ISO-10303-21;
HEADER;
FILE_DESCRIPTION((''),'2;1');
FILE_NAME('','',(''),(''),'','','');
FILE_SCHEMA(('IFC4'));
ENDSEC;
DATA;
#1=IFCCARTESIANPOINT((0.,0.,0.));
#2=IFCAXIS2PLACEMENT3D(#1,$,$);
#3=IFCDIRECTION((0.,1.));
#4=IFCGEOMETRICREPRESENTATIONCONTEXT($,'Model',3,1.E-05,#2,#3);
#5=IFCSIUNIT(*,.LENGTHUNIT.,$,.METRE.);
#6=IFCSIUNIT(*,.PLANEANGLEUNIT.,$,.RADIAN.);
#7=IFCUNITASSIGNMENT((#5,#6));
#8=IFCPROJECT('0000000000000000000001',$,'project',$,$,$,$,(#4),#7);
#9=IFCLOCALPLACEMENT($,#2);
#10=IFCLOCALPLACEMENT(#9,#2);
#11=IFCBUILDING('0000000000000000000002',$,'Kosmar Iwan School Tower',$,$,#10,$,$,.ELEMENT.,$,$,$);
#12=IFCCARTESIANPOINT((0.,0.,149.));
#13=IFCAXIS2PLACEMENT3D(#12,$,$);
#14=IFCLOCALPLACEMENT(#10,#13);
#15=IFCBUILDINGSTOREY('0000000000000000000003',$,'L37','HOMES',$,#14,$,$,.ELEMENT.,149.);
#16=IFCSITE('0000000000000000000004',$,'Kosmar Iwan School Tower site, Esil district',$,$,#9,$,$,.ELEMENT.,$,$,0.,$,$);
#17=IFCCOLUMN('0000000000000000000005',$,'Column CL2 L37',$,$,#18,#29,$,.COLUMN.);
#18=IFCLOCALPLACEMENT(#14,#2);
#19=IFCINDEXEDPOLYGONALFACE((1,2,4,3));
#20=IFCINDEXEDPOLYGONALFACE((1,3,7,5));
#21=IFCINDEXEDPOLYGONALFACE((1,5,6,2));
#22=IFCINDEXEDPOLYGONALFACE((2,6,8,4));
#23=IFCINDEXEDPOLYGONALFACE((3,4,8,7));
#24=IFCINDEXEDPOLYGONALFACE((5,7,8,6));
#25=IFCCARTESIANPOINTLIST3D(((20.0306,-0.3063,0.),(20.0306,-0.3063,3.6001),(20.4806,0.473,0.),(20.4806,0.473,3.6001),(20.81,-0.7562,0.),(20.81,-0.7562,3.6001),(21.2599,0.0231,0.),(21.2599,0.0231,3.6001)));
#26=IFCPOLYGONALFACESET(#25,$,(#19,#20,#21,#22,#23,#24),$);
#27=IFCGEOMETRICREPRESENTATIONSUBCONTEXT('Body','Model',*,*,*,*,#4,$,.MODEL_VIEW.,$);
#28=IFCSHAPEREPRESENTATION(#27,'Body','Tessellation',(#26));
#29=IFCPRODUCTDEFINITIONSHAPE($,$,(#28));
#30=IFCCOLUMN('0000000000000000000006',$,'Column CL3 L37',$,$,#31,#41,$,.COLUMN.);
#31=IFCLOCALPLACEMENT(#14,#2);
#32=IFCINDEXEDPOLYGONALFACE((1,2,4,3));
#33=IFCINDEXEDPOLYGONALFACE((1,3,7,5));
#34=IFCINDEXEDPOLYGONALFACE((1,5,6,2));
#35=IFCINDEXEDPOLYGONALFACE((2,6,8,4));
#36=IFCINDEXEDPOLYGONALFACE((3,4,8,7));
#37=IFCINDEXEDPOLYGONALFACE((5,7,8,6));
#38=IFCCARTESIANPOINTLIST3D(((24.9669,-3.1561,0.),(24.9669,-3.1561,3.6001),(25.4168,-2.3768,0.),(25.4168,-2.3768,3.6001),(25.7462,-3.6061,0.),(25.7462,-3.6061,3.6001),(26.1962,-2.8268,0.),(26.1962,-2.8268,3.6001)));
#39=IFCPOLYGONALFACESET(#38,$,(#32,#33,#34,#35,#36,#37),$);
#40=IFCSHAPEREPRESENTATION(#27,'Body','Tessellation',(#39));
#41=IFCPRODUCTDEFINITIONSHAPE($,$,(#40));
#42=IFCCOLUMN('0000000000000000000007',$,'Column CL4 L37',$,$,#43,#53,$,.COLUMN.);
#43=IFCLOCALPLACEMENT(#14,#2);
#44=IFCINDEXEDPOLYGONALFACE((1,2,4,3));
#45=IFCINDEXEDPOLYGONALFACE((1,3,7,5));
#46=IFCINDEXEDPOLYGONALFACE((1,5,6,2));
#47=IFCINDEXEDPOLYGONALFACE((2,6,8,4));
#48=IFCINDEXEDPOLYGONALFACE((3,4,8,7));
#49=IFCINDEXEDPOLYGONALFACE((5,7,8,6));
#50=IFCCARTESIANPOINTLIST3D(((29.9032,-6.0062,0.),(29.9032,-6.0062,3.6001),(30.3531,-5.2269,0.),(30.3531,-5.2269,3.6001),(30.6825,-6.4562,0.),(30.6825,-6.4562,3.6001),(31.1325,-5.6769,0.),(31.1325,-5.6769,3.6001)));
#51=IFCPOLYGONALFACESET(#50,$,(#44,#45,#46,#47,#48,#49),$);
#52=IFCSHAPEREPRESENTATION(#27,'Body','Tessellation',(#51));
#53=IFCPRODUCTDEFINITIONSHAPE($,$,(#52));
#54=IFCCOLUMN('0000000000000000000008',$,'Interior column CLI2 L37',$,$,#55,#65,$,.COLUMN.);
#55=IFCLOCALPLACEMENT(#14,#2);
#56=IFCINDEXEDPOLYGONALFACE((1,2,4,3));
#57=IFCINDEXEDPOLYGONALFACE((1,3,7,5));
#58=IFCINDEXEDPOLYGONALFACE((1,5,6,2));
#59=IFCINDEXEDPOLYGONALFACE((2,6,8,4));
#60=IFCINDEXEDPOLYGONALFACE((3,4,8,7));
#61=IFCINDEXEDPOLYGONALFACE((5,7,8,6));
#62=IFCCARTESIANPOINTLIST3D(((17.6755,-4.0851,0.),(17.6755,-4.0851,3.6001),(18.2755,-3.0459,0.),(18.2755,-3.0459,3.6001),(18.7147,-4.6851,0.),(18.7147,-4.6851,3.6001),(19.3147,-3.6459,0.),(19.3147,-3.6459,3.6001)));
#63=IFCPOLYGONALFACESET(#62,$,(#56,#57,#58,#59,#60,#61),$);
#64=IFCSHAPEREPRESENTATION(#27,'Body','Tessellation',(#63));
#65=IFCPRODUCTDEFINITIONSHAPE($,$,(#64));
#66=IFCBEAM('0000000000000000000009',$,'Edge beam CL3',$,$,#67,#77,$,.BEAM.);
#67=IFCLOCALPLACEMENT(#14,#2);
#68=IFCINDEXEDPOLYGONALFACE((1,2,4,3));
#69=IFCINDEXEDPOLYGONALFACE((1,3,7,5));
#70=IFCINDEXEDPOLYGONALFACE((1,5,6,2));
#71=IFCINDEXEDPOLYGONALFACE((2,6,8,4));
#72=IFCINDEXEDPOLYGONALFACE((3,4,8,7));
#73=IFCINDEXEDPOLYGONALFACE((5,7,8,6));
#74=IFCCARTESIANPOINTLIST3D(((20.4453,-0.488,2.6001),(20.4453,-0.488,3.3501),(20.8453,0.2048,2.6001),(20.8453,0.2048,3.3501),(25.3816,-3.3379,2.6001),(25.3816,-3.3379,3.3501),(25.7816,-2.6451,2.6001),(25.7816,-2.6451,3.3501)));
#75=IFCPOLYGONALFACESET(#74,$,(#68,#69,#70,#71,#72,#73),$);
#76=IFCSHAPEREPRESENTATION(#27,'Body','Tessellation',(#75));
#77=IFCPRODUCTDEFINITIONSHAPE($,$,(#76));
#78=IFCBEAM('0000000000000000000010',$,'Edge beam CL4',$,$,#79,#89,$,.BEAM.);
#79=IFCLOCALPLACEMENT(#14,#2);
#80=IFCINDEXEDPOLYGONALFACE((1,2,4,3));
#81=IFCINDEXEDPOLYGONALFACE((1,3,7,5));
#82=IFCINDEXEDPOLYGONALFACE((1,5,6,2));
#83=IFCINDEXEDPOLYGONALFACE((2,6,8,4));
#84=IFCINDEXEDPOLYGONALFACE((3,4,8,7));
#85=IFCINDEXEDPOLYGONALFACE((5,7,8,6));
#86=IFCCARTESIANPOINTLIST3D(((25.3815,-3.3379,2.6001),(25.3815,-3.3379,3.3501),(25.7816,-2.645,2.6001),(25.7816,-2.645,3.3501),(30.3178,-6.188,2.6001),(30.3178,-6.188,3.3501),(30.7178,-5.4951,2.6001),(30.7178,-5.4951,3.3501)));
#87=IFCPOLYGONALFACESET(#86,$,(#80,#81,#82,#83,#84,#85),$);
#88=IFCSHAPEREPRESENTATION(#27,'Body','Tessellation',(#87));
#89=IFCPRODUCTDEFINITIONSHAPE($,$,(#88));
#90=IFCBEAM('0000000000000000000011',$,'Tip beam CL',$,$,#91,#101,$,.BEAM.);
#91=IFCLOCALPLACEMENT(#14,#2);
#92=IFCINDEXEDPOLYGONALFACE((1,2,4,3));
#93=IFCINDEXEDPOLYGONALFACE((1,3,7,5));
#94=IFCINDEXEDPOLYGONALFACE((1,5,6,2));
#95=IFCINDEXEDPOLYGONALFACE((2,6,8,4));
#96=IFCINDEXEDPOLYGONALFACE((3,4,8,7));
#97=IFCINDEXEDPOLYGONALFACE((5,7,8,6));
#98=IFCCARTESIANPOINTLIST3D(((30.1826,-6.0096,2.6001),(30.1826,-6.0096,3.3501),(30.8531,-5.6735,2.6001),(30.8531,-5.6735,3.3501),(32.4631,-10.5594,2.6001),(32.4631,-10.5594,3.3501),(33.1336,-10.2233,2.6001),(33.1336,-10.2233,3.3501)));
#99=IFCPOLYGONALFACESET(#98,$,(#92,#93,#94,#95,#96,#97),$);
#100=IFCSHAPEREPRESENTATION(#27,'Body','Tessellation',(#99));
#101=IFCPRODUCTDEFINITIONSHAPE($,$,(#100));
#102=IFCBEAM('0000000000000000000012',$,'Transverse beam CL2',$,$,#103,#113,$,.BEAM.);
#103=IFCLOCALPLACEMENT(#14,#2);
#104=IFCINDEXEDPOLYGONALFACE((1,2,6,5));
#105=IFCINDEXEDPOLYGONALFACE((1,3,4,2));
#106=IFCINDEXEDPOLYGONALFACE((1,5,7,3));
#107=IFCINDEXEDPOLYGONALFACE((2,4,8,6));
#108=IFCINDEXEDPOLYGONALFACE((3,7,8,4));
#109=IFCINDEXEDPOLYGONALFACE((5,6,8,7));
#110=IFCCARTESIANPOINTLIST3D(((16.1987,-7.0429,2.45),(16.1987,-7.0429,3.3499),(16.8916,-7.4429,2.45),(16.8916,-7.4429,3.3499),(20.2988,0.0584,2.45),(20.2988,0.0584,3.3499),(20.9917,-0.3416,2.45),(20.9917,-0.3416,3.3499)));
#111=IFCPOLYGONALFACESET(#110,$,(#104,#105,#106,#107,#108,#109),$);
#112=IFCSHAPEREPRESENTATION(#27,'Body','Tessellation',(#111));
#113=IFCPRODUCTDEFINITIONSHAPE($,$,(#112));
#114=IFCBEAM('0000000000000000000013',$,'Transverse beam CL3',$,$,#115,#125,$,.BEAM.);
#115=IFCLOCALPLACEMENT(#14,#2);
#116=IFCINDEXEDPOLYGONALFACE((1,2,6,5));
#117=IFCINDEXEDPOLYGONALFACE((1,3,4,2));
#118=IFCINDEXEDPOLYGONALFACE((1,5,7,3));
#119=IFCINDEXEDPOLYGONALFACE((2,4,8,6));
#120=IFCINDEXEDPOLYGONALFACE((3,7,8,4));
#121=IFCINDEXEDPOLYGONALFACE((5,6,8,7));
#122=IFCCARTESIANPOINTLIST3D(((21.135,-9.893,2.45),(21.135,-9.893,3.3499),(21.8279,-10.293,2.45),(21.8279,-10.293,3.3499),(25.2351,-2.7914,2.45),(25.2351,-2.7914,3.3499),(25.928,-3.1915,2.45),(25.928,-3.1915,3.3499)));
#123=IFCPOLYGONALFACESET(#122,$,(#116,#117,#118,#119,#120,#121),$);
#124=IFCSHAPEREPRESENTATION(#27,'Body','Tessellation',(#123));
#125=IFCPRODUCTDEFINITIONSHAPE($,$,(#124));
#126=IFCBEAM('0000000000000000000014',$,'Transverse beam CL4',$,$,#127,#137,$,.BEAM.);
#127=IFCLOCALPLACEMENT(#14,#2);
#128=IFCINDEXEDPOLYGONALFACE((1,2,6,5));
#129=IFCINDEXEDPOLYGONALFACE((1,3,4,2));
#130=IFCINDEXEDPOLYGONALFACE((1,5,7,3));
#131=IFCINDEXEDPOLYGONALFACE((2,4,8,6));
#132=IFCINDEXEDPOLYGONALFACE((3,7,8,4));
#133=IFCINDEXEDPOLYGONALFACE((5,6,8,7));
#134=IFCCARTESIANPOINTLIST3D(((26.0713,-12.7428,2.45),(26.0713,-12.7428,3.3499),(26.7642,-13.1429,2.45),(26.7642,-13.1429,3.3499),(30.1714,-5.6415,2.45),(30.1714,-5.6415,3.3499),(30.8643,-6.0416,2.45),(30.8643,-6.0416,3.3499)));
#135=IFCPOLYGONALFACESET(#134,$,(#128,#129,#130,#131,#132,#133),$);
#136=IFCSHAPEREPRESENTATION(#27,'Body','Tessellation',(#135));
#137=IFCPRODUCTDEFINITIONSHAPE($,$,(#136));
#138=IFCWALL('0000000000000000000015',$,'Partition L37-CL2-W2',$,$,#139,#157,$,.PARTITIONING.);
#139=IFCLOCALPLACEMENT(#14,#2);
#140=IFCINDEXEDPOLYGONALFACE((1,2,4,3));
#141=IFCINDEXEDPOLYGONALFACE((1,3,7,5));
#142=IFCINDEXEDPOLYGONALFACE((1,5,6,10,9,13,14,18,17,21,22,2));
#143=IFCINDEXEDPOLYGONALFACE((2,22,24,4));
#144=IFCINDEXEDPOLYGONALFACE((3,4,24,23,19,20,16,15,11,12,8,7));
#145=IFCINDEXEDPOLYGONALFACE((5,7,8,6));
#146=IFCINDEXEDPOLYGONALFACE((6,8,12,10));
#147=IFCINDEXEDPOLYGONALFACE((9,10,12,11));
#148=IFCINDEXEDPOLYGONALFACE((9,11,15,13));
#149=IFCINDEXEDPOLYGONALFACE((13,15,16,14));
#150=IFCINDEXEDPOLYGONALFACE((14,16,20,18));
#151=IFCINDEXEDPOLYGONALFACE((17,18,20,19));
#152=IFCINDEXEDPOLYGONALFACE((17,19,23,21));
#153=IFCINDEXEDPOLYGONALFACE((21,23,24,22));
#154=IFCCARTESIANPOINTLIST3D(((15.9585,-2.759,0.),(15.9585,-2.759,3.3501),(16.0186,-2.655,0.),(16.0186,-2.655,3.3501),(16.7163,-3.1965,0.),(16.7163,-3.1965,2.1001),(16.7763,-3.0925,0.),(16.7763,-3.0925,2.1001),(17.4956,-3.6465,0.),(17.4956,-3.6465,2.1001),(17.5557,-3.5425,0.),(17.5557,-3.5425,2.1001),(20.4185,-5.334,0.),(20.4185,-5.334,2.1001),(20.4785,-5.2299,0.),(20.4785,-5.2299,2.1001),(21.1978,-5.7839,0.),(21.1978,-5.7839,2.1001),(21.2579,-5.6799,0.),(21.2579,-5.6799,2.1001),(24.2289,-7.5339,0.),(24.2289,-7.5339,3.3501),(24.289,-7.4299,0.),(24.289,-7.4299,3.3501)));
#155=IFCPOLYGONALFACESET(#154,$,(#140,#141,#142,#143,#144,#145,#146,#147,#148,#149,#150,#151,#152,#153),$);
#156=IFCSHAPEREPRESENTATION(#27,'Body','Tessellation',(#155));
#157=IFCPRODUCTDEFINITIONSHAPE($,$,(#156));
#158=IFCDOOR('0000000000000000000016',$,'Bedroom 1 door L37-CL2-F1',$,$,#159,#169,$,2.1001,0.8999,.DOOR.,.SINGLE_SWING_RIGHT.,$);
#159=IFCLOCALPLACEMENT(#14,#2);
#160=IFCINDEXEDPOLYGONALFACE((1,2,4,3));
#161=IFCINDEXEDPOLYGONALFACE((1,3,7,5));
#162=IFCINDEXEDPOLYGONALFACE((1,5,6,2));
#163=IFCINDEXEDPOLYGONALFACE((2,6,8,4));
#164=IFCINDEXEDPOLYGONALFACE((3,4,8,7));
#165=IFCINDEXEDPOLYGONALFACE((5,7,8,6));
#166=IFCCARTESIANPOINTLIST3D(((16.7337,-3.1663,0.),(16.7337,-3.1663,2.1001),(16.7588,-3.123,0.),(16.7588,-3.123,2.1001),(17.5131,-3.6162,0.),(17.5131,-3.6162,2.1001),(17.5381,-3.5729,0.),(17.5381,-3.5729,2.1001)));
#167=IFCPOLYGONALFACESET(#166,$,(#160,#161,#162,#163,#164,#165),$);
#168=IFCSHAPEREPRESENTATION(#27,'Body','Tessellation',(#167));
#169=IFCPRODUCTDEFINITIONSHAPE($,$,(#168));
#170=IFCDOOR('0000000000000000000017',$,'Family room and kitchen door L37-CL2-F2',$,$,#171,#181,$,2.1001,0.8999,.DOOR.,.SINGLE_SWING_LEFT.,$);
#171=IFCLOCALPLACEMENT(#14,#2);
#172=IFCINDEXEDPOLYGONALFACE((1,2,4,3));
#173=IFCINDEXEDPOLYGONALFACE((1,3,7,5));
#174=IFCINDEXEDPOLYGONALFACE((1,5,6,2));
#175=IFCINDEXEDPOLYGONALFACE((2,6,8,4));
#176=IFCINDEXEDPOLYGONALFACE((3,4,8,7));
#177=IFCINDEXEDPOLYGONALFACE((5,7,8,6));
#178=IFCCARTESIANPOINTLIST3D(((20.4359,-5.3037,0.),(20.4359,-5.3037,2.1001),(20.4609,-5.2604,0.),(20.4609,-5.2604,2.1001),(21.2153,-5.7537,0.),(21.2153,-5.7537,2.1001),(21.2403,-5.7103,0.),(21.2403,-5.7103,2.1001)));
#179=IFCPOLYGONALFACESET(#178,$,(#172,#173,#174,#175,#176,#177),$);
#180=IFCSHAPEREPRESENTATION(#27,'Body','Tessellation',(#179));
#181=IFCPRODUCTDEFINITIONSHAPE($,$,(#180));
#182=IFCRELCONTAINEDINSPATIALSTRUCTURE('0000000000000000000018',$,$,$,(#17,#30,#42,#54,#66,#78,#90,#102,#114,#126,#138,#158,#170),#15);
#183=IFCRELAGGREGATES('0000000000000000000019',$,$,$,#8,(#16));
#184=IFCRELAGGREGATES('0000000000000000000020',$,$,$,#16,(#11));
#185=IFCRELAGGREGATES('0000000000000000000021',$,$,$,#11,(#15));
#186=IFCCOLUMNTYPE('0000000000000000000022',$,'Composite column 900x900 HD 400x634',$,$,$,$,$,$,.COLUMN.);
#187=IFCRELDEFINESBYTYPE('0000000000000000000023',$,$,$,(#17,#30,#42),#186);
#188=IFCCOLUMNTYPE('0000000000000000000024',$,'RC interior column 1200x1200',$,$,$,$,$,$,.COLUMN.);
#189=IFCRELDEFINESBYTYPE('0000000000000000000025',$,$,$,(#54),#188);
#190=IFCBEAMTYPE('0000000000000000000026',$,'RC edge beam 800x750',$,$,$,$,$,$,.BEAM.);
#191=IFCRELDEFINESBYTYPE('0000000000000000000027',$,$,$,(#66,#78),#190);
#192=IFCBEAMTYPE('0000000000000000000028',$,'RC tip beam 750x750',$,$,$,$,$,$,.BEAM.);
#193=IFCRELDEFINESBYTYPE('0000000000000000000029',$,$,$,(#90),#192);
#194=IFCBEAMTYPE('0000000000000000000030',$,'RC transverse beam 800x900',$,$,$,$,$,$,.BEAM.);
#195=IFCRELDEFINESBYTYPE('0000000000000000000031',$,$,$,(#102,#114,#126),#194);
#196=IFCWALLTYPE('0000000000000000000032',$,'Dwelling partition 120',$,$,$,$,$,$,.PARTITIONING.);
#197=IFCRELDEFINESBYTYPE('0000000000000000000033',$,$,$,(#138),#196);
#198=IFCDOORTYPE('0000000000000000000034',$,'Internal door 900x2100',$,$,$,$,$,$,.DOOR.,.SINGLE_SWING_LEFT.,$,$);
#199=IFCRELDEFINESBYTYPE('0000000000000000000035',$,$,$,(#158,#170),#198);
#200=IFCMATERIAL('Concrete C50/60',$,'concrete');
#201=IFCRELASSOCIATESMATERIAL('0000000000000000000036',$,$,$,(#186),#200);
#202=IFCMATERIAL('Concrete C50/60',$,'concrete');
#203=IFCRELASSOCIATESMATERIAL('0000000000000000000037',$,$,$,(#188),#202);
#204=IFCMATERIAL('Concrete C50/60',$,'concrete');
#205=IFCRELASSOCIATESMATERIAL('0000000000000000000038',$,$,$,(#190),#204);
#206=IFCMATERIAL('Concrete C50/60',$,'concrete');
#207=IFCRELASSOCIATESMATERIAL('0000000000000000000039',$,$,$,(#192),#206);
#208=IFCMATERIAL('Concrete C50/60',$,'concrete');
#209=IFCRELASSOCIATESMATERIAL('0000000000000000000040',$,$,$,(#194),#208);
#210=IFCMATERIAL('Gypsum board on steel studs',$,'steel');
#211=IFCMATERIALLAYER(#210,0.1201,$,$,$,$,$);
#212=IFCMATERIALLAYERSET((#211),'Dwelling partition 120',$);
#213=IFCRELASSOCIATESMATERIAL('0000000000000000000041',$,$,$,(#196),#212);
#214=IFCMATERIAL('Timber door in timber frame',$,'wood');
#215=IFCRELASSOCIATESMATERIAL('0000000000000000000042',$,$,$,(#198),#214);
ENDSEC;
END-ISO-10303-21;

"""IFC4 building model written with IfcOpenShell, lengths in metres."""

from ifc_helpers import new_model, si_unit, direction, frame, frame_2d, origin, origin_2d, place, context, subcontext, project, spatial, rectangle, extrude, material, layer, layer_set, material_profile, profile_set, type_object, element, fill, save


model = new_model("IFC4")

# Units and contexts
model_context = context("Model", 3, precision=1e-05, world=origin(), true_north=direction((0.0, 1.0)))
body_context = subcontext(model_context, "Body", "Model", "MODEL_VIEW")
ifc_project = project(units=[si_unit("LENGTHUNIT", "METRE"), si_unit("PLANEANGLEUNIT", "RADIAN")], contexts=[model_context])

# Site, building, storey
site_placement = place(None, origin())
site = spatial("IfcSite", under=ifc_project, at=site_placement, Name="Kosmar Iwan School Tower site, Esil district", CompositionType="ELEMENT", RefElevation=0.0)
building_placement = place(site_placement, origin())
building = spatial("IfcBuilding", under=site, at=building_placement, Name="Kosmar Iwan School Tower", CompositionType="ELEMENT")
storey_placement = place(building_placement, frame((0.0, 0.0, 149.0)))
storey = spatial("IfcBuildingStorey", under=building, at=storey_placement, Name="L37", Description="HOMES", CompositionType="ELEMENT", Elevation=149.0)

# Columns
ifc_material_1 = material(Name="Concrete C50/60", Category="concrete")
ifc_material_profile_1 = material_profile(ifc_material_1, rectangle(XDim=0.8999, YDim=0.8999, at=origin_2d()), Name="RC 900x900 + HD 400x634")
ifc_profile_set_1 = profile_set([ifc_material_profile_1], Name="Concrete C50/60")
column_type_1 = type_object("IfcColumnType", Name="Composite column 900x900 HD 400x634", PredefinedType="COLUMN", material=ifc_profile_set_1)
for number, where, z_axis, x_axis, name in (
    (1, (20.6453, -0.1416, 0.0), (0.0, 0.0, 1.0), (0.866025, -0.5, 0.0), "Column CL2 L37"),
    (2, (25.5815, -2.9915, 0.0), (0.0, 0.0, 1.0), (0.866025, -0.5, 0.0), "Column CL3 L37"),
    (3, (30.5178, -5.8416, 0.0), (0.0, 0.0, 1.0), (0.866025, -0.5, 0.0), "Column CL4 L37"),
):
    element("IfcColumn", number, at=place(storey_placement, frame(where, z_axis=z_axis, x_axis=x_axis)), inside=storey, type_object=column_type_1, Name=name, PredefinedType="COLUMN", context=body_context, shape_type="SweptSolid", body=[
        extrude(rectangle(XDim=0.8999, YDim=0.8999, at=origin_2d()), origin(), (0.0, 0.0, 1.0), 3.6001),
    ])
ifc_material_2 = material(Name="Concrete C50/60", Category="concrete")
ifc_material_profile_2 = material_profile(ifc_material_2, rectangle(XDim=1.2, YDim=1.2, at=origin_2d()), Name="RC 1200x1200")
ifc_profile_set_2 = profile_set([ifc_material_profile_2], Name="Concrete C50/60")
column_type_2 = type_object("IfcColumnType", Name="RC interior column 1200x1200", PredefinedType="COLUMN", material=ifc_profile_set_2)
column_placement = place(storey_placement, frame((18.4951, -3.8655, 0.0), z_axis=(0.0, 0.0, 1.0), x_axis=(0.866025, -0.5, 0.0)))
element("IfcColumn", 4, at=column_placement, inside=storey, type_object=column_type_2, Name="Interior column CLI2 L37", PredefinedType="COLUMN", context=body_context, shape_type="SweptSolid", body=[
    extrude(rectangle(XDim=1.2, YDim=1.2, at=origin_2d()), origin(), (0.0, 0.0, 1.0), 3.6001),
])

# Beams
ifc_material_3 = material(Name="Concrete C50/60", Category="concrete")
ifc_material_profile_3 = material_profile(ifc_material_3, rectangle(XDim=0.8, YDim=0.75, at=origin_2d()), Name="RC 800x750")
ifc_profile_set_3 = profile_set([ifc_material_profile_3], Name="Concrete C50/60")
beam_type_1 = type_object("IfcBeamType", Name="RC edge beam 800x750", PredefinedType="BEAM", material=ifc_profile_set_3)
for number, where, z_axis, x_axis, name in (
    (5, (20.6453, -0.1416, 2.9751), (0.866034, -0.499986, 0.0), (0.499986, 0.866034, 0.0), "Edge beam CL3"),
    (6, (25.5815, -2.9915, 2.9751), (0.866015, -0.500018, 0.0), (0.500018, 0.866015, 0.0), "Edge beam CL4"),
):
    element("IfcBeam", number, at=place(storey_placement, frame(where, z_axis=z_axis, x_axis=x_axis)), inside=storey, type_object=beam_type_1, Name=name, PredefinedType="BEAM", context=body_context, shape_type="SweptSolid", body=[
        extrude(rectangle(XDim=0.8, YDim=0.75, at=origin_2d()), origin(), (0.0, 0.0, 1.0), 5.7),
    ])
ifc_material_4 = material(Name="Concrete C50/60", Category="concrete")
ifc_material_profile_4 = material_profile(ifc_material_4, rectangle(XDim=0.75, YDim=0.75, at=origin_2d()), Name="RC 750x750")
ifc_profile_set_4 = profile_set([ifc_material_profile_4], Name="Concrete C50/60")
beam_type_2 = type_object("IfcBeamType", Name="RC tip beam 750x750", PredefinedType="BEAM", material=ifc_profile_set_4)
beam_1_placement = place(storey_placement, frame((30.5178, -5.8416, 2.9751), z_axis=(0.448096, -0.893985, 0.0), x_axis=(0.893985, 0.448096, 0.0)))
element("IfcBeam", 7, at=beam_1_placement, inside=storey, type_object=beam_type_2, Name="Tip beam CL", PredefinedType="BEAM", context=body_context, shape_type="SweptSolid", body=[
    extrude(rectangle(XDim=0.75, YDim=0.75, at=origin_2d()), origin(), (0.0, 0.0, 1.0), 5.0894),
])
ifc_material_5 = material(Name="Concrete C50/60", Category="concrete")
ifc_material_profile_5 = material_profile(ifc_material_5, rectangle(XDim=0.8, YDim=0.8999, at=origin_2d()), Name="RC 800x900")
ifc_profile_set_5 = profile_set([ifc_material_profile_5], Name="Concrete C50/60")
beam_type_3 = type_object("IfcBeamType", Name="RC transverse beam 800x900", PredefinedType="BEAM", material=ifc_profile_set_5)
beam_2_placement = place(storey_placement, frame((20.6453, -0.1416, 2.8999), z_axis=(-0.500014, -0.866018, 0.0), x_axis=(0.866018, -0.500014, 0.0)))
element("IfcBeam", 8, at=beam_2_placement, inside=storey, type_object=beam_type_3, Name="Transverse beam CL2", PredefinedType="BEAM", context=body_context, shape_type="SweptSolid", body=[
    extrude(rectangle(XDim=0.8, YDim=0.8999, at=origin_2d()), origin(), (0.0, 0.0, 1.0), 8.2),
])
beam_3_placement = place(storey_placement, frame((25.5815, -2.9915, 2.8999), z_axis=(-0.500001, -0.866025, 0.0), x_axis=(0.866025, -0.500001, 0.0)))
element("IfcBeam", 9, at=beam_3_placement, inside=storey, type_object=beam_type_3, Name="Transverse beam CL3", PredefinedType="BEAM", context=body_context, shape_type="SweptSolid", body=[
    extrude(rectangle(XDim=0.8, YDim=0.8999, at=origin_2d()), origin(), (0.0, 0.0, 1.0), 8.2002),
])
beam_4_placement = place(storey_placement, frame((30.5178, -5.8416, 2.8999), z_axis=(-0.500014, -0.866018, 0.0), x_axis=(0.866018, -0.500014, 0.0)))
element("IfcBeam", 10, at=beam_4_placement, inside=storey, type_object=beam_type_3, Name="Transverse beam CL4", PredefinedType="BEAM", context=body_context, shape_type="SweptSolid", body=[
    extrude(rectangle(XDim=0.8, YDim=0.8999, at=origin_2d()), origin(), (0.0, 0.0, 1.0), 8.2),
])

# Wall, openings, doors
ifc_material_6 = material(Name="Gypsum board on steel studs", Category="steel")
ifc_layer_1 = layer(ifc_material_6, 0.1201)
ifc_layer_set_1 = layer_set([ifc_layer_1], Name="Dwelling partition 120")
wall_type_1 = type_object("IfcWallType", Name="Dwelling partition 120", PredefinedType="PARTITIONING", material=ifc_layer_set_1)
wall_1_placement = place(storey_placement, frame((15.9885, -2.707, 0.0), z_axis=(0.0, 0.0, 1.0), x_axis=(0.866029, -0.499994, 0.0)))
wall_1 = element("IfcWall", 11, at=wall_1_placement, inside=storey, type_object=wall_type_1, Name="Partition L37-CL2-W2", PredefinedType="PARTITIONING", context=body_context, shape_type="SweptSolid", body=[
    extrude(rectangle(XDim=9.5498, YDim=0.1201, at=frame_2d((4.7749, 0.0))), origin(), (0.0, 0.0, 1.0), 3.3501),
])
opening_1_placement = place(wall_1_placement, frame((0.875, 0.0, 0.0)))
opening_1 = element("IfcOpeningElement", 12, at=opening_1_placement, cuts=wall_1, PredefinedType="OPENING", context=body_context, shape_type="SweptSolid", body=[
    extrude(rectangle(XDim=0.8999, YDim=2.1001, at=frame_2d((0.45, 1.05))), frame((0.0, 0.072, 0.0), z_axis=(0.0, -1.0, 0.0), x_axis=(1.0, 0.0, 0.0)), (0.0, 0.0, 1.0), 0.144),
])
opening_2_placement = place(wall_1_placement, frame((5.1499, 0.0, 0.0)))
opening_2 = element("IfcOpeningElement", 13, at=opening_2_placement, cuts=wall_1, PredefinedType="OPENING", context=body_context, shape_type="SweptSolid", body=[
    extrude(rectangle(XDim=0.8999, YDim=2.1001, at=frame_2d((0.45, 1.05))), frame((0.0, 0.072, 0.0), z_axis=(0.0, -1.0, 0.0), x_axis=(1.0, 0.0, 0.0)), (0.0, 0.0, 1.0), 0.144),
])
ifc_material_7 = material(Name="Timber door in timber frame", Category="wood")
door_type = type_object("IfcDoorType", Name="Internal door 900x2100", OperationType="SINGLE_SWING_LEFT", PredefinedType="DOOR", material=ifc_material_7)
door_1_placement = place(opening_1_placement, origin())
door_1 = element("IfcDoor", 14, at=door_1_placement, inside=storey, type_object=door_type, Name="Bedroom 1 door L37-CL2-F1", OperationType="SINGLE_SWING_RIGHT", OverallHeight=2.1001, OverallWidth=0.8999, PredefinedType="DOOR", context=body_context, shape_type="SweptSolid", body=[
    extrude(rectangle(XDim=0.8999, YDim=2.1001, at=frame_2d((0.45, 1.05))), frame((0.0, 0.0249, 0.0), z_axis=(0.0, -1.0, 0.0), x_axis=(1.0, 0.0, 0.0)), (0.0, 0.0, 1.0), 0.05),
])
fill(opening_1, door_1)
door_2_placement = place(opening_2_placement, origin())
door_2 = element("IfcDoor", 15, at=door_2_placement, inside=storey, type_object=door_type, Name="Family room and kitchen door L37-CL2-F2", OperationType="SINGLE_SWING_LEFT", OverallHeight=2.1001, OverallWidth=0.8999, PredefinedType="DOOR", context=body_context, shape_type="SweptSolid", body=[
    extrude(rectangle(XDim=0.8999, YDim=2.1001, at=frame_2d((0.45, 1.05))), frame((0.0, 0.0249, 0.0), z_axis=(0.0, -1.0, 0.0), x_axis=(1.0, 0.0, 0.0)), (0.0, 0.0, 1.0), 0.05),
])
fill(opening_2, door_2)

save(model, "model.ifc")
